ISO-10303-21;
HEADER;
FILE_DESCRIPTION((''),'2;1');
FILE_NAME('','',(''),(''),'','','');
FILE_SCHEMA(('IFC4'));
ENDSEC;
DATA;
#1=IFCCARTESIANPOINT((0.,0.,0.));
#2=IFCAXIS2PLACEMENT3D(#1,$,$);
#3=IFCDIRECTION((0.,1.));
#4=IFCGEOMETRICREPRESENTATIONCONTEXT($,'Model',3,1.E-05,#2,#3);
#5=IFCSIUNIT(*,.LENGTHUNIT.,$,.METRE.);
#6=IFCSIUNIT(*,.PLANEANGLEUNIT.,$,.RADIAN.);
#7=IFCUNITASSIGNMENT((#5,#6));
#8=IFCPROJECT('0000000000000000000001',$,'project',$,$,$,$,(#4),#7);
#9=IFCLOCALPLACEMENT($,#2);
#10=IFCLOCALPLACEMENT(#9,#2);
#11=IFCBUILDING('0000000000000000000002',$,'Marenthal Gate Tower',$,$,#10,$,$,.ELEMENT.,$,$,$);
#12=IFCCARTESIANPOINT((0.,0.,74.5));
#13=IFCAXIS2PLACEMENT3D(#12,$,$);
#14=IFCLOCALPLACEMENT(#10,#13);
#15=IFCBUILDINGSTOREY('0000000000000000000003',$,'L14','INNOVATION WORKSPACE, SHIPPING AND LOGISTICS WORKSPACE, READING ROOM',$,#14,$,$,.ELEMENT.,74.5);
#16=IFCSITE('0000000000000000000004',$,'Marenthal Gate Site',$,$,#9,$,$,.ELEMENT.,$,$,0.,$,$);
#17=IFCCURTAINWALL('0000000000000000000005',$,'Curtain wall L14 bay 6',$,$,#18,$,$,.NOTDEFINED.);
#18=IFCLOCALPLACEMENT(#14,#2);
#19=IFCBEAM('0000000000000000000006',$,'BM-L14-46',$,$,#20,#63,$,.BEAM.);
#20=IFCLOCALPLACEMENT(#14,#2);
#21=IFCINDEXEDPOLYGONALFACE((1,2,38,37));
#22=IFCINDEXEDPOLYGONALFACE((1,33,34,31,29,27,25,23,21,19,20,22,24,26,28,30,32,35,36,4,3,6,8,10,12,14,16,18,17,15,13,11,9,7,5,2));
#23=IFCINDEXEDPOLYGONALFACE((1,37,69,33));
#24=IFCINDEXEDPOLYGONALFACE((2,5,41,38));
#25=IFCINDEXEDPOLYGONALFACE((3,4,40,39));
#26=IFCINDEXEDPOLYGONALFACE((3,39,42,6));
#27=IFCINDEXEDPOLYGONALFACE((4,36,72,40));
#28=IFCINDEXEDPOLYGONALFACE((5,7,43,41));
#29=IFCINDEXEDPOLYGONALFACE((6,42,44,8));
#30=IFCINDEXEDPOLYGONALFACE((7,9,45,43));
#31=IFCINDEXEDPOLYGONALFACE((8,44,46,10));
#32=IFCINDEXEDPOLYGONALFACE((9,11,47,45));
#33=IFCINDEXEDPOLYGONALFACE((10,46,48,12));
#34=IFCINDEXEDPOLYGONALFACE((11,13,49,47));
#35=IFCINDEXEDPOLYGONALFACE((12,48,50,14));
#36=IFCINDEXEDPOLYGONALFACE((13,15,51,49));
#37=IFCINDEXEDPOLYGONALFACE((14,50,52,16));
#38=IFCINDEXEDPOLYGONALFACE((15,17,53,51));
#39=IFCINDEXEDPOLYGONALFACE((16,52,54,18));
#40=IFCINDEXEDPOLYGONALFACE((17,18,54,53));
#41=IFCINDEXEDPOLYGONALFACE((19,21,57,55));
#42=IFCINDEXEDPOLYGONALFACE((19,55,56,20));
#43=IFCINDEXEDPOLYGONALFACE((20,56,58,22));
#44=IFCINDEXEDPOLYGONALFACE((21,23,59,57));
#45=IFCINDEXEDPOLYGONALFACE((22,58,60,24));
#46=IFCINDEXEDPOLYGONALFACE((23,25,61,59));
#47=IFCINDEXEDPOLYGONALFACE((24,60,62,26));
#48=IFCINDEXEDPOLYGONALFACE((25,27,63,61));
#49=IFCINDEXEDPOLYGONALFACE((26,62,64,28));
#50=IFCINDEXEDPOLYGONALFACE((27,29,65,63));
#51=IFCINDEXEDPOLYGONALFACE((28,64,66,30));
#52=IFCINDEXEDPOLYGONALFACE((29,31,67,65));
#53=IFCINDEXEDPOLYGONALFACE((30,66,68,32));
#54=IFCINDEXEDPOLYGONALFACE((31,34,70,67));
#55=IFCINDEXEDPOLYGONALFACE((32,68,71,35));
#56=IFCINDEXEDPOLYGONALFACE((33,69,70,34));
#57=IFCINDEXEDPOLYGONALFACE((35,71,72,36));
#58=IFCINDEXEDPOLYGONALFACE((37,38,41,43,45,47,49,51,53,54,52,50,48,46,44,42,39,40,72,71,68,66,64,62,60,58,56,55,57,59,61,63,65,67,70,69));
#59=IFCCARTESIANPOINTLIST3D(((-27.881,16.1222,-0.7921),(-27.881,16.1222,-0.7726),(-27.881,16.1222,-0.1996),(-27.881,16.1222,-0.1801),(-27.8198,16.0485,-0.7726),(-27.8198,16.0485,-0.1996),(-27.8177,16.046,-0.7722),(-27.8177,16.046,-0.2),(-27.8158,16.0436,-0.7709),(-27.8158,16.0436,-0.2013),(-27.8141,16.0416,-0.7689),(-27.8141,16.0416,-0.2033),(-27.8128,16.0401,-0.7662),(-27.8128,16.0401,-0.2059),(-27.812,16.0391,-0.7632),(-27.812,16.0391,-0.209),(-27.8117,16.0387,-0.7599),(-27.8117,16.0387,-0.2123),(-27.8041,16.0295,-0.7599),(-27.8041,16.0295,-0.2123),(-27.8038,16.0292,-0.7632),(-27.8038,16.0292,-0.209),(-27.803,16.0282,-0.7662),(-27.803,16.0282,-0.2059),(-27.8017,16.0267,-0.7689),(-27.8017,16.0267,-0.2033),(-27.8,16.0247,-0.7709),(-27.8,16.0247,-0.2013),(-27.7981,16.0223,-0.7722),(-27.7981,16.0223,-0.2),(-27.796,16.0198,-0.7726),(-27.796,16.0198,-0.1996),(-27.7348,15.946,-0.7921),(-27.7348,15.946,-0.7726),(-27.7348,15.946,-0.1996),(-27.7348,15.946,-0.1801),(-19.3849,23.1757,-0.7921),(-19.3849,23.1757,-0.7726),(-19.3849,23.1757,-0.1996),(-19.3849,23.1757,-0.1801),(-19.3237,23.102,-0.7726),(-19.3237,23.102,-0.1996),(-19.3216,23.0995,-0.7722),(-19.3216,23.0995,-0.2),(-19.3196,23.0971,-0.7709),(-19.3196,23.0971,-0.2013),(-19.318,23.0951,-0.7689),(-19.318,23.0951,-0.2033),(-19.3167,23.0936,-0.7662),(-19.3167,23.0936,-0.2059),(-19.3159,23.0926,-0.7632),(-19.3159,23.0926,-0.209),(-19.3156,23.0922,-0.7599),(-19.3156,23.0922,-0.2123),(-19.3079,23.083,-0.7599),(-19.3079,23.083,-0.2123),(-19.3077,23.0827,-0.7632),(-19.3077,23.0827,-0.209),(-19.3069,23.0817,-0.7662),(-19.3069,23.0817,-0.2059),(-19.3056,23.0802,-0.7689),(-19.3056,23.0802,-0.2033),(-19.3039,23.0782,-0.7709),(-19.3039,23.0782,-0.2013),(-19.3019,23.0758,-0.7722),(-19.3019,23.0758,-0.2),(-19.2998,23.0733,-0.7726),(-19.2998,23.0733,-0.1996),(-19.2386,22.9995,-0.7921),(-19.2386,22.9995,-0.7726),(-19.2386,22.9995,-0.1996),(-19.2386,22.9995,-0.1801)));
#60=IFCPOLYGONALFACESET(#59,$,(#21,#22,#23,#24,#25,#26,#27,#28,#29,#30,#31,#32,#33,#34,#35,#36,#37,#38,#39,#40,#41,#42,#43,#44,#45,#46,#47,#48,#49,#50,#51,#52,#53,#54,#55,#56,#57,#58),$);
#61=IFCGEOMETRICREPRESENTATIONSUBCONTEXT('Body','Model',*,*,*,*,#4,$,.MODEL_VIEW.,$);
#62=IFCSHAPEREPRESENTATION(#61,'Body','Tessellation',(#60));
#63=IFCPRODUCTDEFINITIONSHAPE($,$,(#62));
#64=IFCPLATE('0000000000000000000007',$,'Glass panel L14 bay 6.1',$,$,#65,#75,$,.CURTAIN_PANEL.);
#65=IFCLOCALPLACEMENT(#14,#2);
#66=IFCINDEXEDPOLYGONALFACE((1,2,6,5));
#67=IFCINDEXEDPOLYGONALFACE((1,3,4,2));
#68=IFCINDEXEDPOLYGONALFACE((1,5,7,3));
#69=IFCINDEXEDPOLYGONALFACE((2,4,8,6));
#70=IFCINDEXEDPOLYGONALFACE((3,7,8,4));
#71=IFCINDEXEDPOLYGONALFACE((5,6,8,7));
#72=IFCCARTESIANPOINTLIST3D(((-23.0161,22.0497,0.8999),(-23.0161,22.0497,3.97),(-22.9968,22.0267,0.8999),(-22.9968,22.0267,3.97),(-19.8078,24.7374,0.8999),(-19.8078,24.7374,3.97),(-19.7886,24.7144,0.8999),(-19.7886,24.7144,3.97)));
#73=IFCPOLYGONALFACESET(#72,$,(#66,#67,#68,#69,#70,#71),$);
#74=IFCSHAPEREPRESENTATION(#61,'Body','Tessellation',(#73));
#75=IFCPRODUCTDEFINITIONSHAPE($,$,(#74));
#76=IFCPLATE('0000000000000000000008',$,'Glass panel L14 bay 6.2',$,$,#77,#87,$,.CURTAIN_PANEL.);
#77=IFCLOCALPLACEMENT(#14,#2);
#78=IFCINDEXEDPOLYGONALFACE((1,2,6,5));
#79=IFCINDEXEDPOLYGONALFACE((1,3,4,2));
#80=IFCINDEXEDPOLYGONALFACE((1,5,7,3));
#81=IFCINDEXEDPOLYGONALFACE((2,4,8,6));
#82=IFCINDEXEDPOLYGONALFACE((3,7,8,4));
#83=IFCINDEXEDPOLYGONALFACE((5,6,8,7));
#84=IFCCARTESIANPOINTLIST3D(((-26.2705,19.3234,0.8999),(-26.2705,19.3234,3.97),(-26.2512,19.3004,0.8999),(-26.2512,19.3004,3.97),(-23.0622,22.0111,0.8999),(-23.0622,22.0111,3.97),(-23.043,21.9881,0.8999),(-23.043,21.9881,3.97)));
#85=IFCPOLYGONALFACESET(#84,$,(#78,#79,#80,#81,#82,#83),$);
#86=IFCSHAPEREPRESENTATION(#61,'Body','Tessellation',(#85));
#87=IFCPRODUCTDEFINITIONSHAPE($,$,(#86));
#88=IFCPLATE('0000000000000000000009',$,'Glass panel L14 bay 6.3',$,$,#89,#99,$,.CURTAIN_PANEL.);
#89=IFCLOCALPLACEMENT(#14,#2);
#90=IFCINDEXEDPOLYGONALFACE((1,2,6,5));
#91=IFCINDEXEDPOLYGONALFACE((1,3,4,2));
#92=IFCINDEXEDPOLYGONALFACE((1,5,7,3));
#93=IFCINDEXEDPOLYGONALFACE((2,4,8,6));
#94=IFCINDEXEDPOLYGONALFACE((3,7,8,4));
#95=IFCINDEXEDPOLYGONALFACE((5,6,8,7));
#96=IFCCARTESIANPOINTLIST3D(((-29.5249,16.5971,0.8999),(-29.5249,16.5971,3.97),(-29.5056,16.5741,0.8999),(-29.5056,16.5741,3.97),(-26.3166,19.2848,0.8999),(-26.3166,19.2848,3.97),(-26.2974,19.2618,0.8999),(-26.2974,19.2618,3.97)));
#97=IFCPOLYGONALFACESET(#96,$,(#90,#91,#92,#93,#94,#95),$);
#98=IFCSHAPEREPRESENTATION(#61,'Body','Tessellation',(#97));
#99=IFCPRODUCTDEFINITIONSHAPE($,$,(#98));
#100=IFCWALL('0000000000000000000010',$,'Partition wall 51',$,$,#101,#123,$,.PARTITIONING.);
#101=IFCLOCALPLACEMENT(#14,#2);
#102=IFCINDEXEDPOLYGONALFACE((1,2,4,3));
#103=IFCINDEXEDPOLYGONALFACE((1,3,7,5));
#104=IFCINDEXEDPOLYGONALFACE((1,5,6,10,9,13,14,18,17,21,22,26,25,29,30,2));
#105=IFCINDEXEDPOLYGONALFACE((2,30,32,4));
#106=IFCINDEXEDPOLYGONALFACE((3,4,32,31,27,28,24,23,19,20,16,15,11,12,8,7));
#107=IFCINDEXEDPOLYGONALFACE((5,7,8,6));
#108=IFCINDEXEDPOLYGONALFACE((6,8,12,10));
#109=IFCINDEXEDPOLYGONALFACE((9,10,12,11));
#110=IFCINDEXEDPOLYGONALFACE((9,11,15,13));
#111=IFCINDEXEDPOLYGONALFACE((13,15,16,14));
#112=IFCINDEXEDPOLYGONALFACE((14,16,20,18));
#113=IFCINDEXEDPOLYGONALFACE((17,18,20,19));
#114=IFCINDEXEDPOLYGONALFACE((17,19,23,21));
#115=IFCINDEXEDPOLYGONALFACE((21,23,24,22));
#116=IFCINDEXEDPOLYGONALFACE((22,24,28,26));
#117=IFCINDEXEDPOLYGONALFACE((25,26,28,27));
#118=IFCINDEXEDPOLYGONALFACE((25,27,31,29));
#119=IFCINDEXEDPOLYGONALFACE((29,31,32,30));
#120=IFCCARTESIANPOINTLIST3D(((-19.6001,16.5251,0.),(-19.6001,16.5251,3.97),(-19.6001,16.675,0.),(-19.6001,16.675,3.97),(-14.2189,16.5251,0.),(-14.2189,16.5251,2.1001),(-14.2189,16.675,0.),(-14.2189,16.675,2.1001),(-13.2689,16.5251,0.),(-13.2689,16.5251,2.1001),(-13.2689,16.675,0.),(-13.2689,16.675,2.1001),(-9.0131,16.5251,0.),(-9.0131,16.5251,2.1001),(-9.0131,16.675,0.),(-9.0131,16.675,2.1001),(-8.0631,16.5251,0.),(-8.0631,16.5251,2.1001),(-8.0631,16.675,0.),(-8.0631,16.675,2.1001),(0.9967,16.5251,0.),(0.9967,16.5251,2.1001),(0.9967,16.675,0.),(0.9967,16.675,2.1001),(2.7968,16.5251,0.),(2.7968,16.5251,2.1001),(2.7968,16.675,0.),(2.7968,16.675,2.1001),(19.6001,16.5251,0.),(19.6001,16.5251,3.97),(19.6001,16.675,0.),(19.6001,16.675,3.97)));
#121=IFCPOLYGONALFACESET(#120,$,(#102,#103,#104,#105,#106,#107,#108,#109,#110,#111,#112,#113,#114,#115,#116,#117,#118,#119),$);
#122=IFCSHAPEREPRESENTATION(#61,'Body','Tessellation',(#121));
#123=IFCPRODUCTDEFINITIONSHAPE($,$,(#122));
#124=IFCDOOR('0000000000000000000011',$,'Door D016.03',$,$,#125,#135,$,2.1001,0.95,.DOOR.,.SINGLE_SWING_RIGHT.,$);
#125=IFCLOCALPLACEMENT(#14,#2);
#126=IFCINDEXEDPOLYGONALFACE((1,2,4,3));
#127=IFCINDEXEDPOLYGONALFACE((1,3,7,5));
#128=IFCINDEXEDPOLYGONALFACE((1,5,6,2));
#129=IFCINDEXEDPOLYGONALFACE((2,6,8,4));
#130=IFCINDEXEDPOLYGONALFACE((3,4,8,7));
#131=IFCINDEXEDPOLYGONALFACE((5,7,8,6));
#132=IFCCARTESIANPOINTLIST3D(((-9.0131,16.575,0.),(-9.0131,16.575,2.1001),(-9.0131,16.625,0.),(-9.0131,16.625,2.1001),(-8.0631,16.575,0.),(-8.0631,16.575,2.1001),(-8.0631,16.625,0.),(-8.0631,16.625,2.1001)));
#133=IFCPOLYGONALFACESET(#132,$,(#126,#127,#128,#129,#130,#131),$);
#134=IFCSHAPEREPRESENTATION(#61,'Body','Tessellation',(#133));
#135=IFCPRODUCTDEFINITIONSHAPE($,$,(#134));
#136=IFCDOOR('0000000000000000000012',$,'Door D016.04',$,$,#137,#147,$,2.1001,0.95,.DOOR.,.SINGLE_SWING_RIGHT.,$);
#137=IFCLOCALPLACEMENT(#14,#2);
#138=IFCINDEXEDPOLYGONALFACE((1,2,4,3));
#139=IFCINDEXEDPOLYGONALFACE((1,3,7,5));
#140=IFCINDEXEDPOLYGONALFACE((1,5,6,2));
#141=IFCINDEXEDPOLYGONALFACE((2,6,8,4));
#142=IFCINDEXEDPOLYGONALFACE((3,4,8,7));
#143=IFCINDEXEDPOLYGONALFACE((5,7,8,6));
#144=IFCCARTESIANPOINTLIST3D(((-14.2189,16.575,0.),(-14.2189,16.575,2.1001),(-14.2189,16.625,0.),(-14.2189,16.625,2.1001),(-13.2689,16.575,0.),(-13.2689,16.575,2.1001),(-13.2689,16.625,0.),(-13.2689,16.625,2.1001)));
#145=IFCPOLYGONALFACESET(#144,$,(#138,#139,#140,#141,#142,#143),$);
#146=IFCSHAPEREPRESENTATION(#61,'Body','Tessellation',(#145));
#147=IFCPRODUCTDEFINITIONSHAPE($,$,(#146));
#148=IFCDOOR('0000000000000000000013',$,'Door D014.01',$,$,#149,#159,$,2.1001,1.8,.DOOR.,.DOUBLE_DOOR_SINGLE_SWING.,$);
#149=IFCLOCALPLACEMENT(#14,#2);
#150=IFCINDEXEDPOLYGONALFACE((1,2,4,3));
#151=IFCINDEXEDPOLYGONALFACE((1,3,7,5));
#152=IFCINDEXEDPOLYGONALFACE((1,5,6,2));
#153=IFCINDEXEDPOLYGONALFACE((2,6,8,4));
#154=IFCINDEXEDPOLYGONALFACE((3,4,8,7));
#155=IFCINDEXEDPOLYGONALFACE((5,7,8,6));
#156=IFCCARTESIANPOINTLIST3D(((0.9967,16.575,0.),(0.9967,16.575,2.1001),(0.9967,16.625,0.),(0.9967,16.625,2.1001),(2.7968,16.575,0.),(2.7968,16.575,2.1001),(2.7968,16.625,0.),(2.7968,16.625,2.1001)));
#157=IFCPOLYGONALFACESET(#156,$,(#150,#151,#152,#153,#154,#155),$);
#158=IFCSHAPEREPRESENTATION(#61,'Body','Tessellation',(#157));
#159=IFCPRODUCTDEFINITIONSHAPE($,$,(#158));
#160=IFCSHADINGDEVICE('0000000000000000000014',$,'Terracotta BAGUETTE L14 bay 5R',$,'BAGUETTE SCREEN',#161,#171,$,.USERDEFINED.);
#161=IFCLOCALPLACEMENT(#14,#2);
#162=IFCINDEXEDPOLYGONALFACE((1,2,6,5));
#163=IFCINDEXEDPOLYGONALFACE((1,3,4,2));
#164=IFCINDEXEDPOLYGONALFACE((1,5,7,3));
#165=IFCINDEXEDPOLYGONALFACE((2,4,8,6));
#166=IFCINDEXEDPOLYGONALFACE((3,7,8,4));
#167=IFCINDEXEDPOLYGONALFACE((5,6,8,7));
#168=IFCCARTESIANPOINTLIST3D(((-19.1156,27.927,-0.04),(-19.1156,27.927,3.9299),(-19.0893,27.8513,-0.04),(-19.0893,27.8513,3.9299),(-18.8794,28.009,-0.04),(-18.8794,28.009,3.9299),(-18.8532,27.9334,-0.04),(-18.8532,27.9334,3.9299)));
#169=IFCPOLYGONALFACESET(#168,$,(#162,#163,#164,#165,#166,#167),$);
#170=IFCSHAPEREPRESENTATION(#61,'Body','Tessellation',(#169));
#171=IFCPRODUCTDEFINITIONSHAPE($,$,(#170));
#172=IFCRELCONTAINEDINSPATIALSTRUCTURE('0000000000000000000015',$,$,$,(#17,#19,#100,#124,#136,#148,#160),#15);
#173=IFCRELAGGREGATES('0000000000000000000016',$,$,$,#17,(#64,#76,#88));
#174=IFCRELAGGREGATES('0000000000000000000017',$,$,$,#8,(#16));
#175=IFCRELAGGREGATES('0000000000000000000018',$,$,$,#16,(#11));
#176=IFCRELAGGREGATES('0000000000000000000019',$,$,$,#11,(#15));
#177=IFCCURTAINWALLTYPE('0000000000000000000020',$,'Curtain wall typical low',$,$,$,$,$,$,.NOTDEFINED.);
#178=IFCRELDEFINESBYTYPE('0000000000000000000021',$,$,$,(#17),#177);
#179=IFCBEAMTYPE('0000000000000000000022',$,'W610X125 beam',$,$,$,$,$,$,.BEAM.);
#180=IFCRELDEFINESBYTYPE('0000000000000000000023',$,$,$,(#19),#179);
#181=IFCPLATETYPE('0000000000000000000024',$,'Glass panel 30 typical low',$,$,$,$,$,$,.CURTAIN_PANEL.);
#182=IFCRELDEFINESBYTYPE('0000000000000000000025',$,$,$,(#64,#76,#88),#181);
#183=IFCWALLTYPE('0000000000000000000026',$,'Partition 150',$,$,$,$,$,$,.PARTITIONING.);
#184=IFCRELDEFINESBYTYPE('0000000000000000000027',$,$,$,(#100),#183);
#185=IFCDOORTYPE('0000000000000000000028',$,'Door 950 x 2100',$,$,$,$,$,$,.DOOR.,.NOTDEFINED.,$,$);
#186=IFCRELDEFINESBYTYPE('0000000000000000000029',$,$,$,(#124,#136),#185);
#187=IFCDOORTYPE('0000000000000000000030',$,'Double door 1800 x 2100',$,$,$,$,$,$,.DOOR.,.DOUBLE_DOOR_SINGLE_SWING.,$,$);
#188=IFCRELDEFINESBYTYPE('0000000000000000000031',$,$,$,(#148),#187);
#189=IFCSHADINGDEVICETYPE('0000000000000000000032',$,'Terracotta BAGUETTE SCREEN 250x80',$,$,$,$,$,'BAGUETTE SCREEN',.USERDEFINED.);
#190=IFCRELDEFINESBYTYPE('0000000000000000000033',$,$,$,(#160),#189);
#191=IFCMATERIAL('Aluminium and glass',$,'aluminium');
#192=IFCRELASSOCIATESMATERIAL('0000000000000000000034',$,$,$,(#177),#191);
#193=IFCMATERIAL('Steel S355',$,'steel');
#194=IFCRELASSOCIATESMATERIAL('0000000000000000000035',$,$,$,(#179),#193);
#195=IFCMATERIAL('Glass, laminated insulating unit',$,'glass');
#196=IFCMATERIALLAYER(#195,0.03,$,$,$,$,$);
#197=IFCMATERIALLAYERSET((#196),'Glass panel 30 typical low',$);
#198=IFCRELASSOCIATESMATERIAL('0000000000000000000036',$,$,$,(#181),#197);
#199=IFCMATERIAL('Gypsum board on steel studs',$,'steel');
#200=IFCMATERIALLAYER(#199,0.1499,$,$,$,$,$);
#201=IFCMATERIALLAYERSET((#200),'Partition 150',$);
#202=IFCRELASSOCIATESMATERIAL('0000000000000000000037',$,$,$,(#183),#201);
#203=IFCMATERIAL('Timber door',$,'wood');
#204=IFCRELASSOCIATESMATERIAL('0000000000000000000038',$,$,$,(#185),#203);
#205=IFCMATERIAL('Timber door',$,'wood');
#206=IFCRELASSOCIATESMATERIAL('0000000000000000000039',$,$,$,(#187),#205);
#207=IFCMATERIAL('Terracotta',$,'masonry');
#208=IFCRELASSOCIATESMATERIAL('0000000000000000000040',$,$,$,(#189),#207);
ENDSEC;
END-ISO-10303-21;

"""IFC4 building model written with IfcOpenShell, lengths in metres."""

from ifc_helpers import new_model, si_unit, direction, frame, frame_2d, origin, origin_2d, place, context, subcontext, project, spatial, rectangle, i_section, extrude, material, layer, layer_set, material_profile, profile_set, type_object, element, fill, aggregate, save


model = new_model("IFC4")

# Units and contexts
model_context = context("Model", 3, precision=1e-05, world=origin(), true_north=direction((0.0, 1.0)))
body_context = subcontext(model_context, "Body", "Model", "MODEL_VIEW")
ifc_project = project(units=[si_unit("LENGTHUNIT", "METRE"), si_unit("PLANEANGLEUNIT", "RADIAN")], contexts=[model_context])

# Site, building, storey
site_placement = place(None, origin())
site = spatial("IfcSite", under=ifc_project, at=site_placement, Name="Marenthal Gate Site", CompositionType="ELEMENT", RefElevation=0.0)
building_placement = place(site_placement, origin())
building = spatial("IfcBuilding", under=site, at=building_placement, Name="Marenthal Gate Tower", CompositionType="ELEMENT")
storey_placement = place(building_placement, frame((0.0, 0.0, 74.5)))
storey = spatial("IfcBuildingStorey", under=building, at=storey_placement, Name="L14", Description="INNOVATION WORKSPACE, SHIPPING AND LOGISTICS WORKSPACE, READING ROOM", CompositionType="ELEMENT", Elevation=74.5)

# Curtain wall
ifc_material_1 = material(Name="Aluminium and glass", Category="aluminium")
curtain_wall_type = type_object("IfcCurtainWallType", Name="Curtain wall typical low", PredefinedType="NOTDEFINED", material=ifc_material_1)
curtain_wall_placement = place(storey_placement, origin())
curtain_wall = element("IfcCurtainWall", 1, at=curtain_wall_placement, inside=storey, type_object=curtain_wall_type, Name="Curtain wall L14 bay 6", PredefinedType="NOTDEFINED")

# Beam
ifc_material_2 = material(Name="Steel S355", Category="steel")
ifc_material_profile_1 = material_profile(ifc_material_2, i_section(OverallWidth=0.229, OverallDepth=0.6121, WebThickness=0.012, FlangeThickness=0.0195, FilletRadius=0.0127, at=origin_2d()), Name="W610X125")
ifc_profile_set_1 = profile_set([ifc_material_profile_1], Name="Steel S355")
beam_type_1 = type_object("IfcBeamType", Name="W610X125 beam", PredefinedType="BEAM", material=ifc_profile_set_1)
beam_1_placement = place(storey_placement, frame((-19.3118, 23.0876, -0.4861), z_axis=(-0.769405, -0.638761, 0.0), x_axis=(0.638761, -0.769405, 0.0)))
element("IfcBeam", 2, at=beam_1_placement, inside=storey, type_object=beam_type_1, Name="BM-L14-46", PredefinedType="BEAM", context=body_context, shape_type="SweptSolid", body=[
    extrude(i_section(OverallWidth=0.229, OverallDepth=0.6121, WebThickness=0.012, FlangeThickness=0.0195, FilletRadius=0.0127, at=origin_2d()), origin(), (0.0, 0.0, 1.0), 11.0425),
])

# Plates
ifc_material_3 = material(Name="Glass, laminated insulating unit", Category="glass")
ifc_layer_1 = layer(ifc_material_3, 0.03)
ifc_layer_set_1 = layer_set([ifc_layer_1], Name="Glass panel 30 typical low")
plate_type = type_object("IfcPlateType", Name="Glass panel 30 typical low", PredefinedType="CURTAIN_PANEL", material=ifc_layer_set_1)
plate_1_placement = place(storey_placement, frame((-21.4023, 23.3821, 0.8999), z_axis=(0.0, 0.0, 1.0), x_axis=(-0.766557, -0.642176, 0.0)))
plate_1 = element("IfcPlate", 3, at=plate_1_placement, type_object=plate_type, Name="Glass panel L14 bay 6.1", PredefinedType="CURTAIN_PANEL", context=body_context, shape_type="SweptSolid", body=[
    extrude(rectangle(XDim=4.1853, YDim=0.03, at=origin_2d()), origin(), (0.0, 0.0, 1.0), 3.0701),
])
plate_2_placement = place(storey_placement, frame((-24.6567, 20.6558, 0.8999), z_axis=(0.0, 0.0, 1.0), x_axis=(-0.766557, -0.642176, 0.0)))
plate_2 = element("IfcPlate", 4, at=plate_2_placement, type_object=plate_type, Name="Glass panel L14 bay 6.2", PredefinedType="CURTAIN_PANEL", context=body_context, shape_type="SweptSolid", body=[
    extrude(rectangle(XDim=4.1853, YDim=0.03, at=origin_2d()), origin(), (0.0, 0.0, 1.0), 3.0701),
])
plate_3_placement = place(storey_placement, frame((-27.9111, 17.9294, 0.8999), z_axis=(0.0, 0.0, 1.0), x_axis=(-0.766557, -0.642176, 0.0)))
plate_3 = element("IfcPlate", 5, at=plate_3_placement, type_object=plate_type, Name="Glass panel L14 bay 6.3", PredefinedType="CURTAIN_PANEL", context=body_context, shape_type="SweptSolid", body=[
    extrude(rectangle(XDim=4.1853, YDim=0.03, at=origin_2d()), origin(), (0.0, 0.0, 1.0), 3.0701),
])
aggregate(curtain_wall, [plate_1, plate_2, plate_3])

# Wall, openings, doors
ifc_material_4 = material(Name="Gypsum board on steel studs", Category="steel")
ifc_layer_2 = layer(ifc_material_4, 0.1499)
ifc_layer_set_2 = layer_set([ifc_layer_2], Name="Partition 150")
wall_type_1 = type_object("IfcWallType", Name="Partition 150", PredefinedType="PARTITIONING", material=ifc_layer_set_2)
wall_1_placement = place(storey_placement, frame((-19.6001, 16.6001, 0.0), z_axis=(0.0, 0.0, 1.0), x_axis=(1.0, 0.0, 0.0)))
wall_1 = element("IfcWall", 6, at=wall_1_placement, inside=storey, type_object=wall_type_1, Name="Partition wall 51", PredefinedType="PARTITIONING", context=body_context, shape_type="SweptSolid", body=[
    extrude(rectangle(XDim=39.2002, YDim=0.1499, at=frame_2d((19.6001, 0.0))), origin(), (0.0, 0.0, 1.0), 3.97),
])
opening_1_placement = place(wall_1_placement, frame((20.5969, 0.0, 0.0)))
opening_1 = element("IfcOpeningElement", 7, at=opening_1_placement, cuts=wall_1, PredefinedType="OPENING", context=body_context, shape_type="SweptSolid", body=[
    extrude(rectangle(XDim=1.8, YDim=2.1001, at=frame_2d((0.8999, 1.05))), frame((0.0, 0.085, 0.0), z_axis=(0.0, -1.0, 0.0), x_axis=(1.0, 0.0, 0.0)), (0.0, 0.0, 1.0), 0.1699),
])
opening_2_placement = place(wall_1_placement, frame((10.5869, 0.0, 0.0)))
opening_2 = element("IfcOpeningElement", 8, at=opening_2_placement, cuts=wall_1, PredefinedType="OPENING", context=body_context, shape_type="SweptSolid", body=[
    extrude(rectangle(XDim=0.95, YDim=2.1001, at=frame_2d((0.4751, 1.05))), frame((0.0, 0.085, 0.0), z_axis=(0.0, -1.0, 0.0), x_axis=(1.0, 0.0, 0.0)), (0.0, 0.0, 1.0), 0.1699),
])
opening_3_placement = place(wall_1_placement, frame((5.3811, 0.0, 0.0)))
opening_3 = element("IfcOpeningElement", 9, at=opening_3_placement, cuts=wall_1, PredefinedType="OPENING", context=body_context, shape_type="SweptSolid", body=[
    extrude(rectangle(XDim=0.95, YDim=2.1001, at=frame_2d((0.4751, 1.05))), frame((0.0, 0.085, 0.0), z_axis=(0.0, -1.0, 0.0), x_axis=(1.0, 0.0, 0.0)), (0.0, 0.0, 1.0), 0.1699),
])
ifc_material_5 = material(Name="Timber door", Category="wood")
door_type_1 = type_object("IfcDoorType", Name="Door 950 x 2100", OperationType="NOTDEFINED", PredefinedType="DOOR", material=ifc_material_5)
door_1_placement = place(opening_2_placement, origin())
door_1 = element("IfcDoor", 10, at=door_1_placement, inside=storey, type_object=door_type_1, Name="Door D016.03", OperationType="SINGLE_SWING_RIGHT", OverallHeight=2.1001, OverallWidth=0.95, PredefinedType="DOOR", context=body_context, shape_type="SweptSolid", body=[
    extrude(rectangle(XDim=0.95, YDim=2.1001, at=frame_2d((0.4751, 1.05))), frame((0.0, 0.0249, 0.0), z_axis=(0.0, -1.0, 0.0), x_axis=(1.0, 0.0, 0.0)), (0.0, 0.0, 1.0), 0.05),
])
fill(opening_2, door_1)
door_2_placement = place(opening_3_placement, origin())
door_2 = element("IfcDoor", 11, at=door_2_placement, inside=storey, type_object=door_type_1, Name="Door D016.04", OperationType="SINGLE_SWING_RIGHT", OverallHeight=2.1001, OverallWidth=0.95, PredefinedType="DOOR", context=body_context, shape_type="SweptSolid", body=[
    extrude(rectangle(XDim=0.95, YDim=2.1001, at=frame_2d((0.4751, 1.05))), frame((0.0, 0.0249, 0.0), z_axis=(0.0, -1.0, 0.0), x_axis=(1.0, 0.0, 0.0)), (0.0, 0.0, 1.0), 0.05),
])
fill(opening_3, door_2)
ifc_material_6 = material(Name="Timber door", Category="wood")
door_type_2 = type_object("IfcDoorType", Name="Double door 1800 x 2100", OperationType="DOUBLE_DOOR_SINGLE_SWING", PredefinedType="DOOR", material=ifc_material_6)
door_3_placement = place(opening_1_placement, origin())
door_3 = element("IfcDoor", 12, at=door_3_placement, inside=storey, type_object=door_type_2, Name="Door D014.01", OperationType="DOUBLE_DOOR_SINGLE_SWING", OverallHeight=2.1001, OverallWidth=1.8, PredefinedType="DOOR", context=body_context, shape_type="SweptSolid", body=[
    extrude(rectangle(XDim=1.8, YDim=2.1001, at=frame_2d((0.8999, 1.05))), frame((0.0, 0.0249, 0.0), z_axis=(0.0, -1.0, 0.0), x_axis=(1.0, 0.0, 0.0)), (0.0, 0.0, 1.0), 0.05),
])
fill(opening_1, door_3)

# Shading device
ifc_material_7 = material(Name="Terracotta", Category="masonry")
ifc_material_profile_2 = material_profile(ifc_material_7, rectangle(XDim=0.25, YDim=0.0801, at=origin_2d()), Name="Terracotta baguette 250x80")
ifc_profile_set_2 = profile_set([ifc_material_profile_2], Name="Terracotta")
shading_device_type = type_object("IfcShadingDeviceType", Name="Terracotta BAGUETTE SCREEN 250x80", ElementType="BAGUETTE SCREEN", PredefinedType="USERDEFINED", material=ifc_profile_set_2)
shading_device_placement = place(storey_placement, frame((-18.9844, 27.9302, -0.04), z_axis=(0.0, 0.0, 1.0), x_axis=(-0.944657, -0.328061, 0.0)))
element("IfcShadingDevice", 13, at=shading_device_placement, inside=storey, type_object=shading_device_type, Name="Terracotta BAGUETTE L14 bay 5R", ObjectType="BAGUETTE SCREEN", PredefinedType="USERDEFINED", context=body_context, shape_type="SweptSolid", body=[
    extrude(rectangle(XDim=0.25, YDim=0.0801, at=origin_2d()), origin(), (0.0, 0.0, 1.0), 3.97),
])

save(model, "model.ifc")
